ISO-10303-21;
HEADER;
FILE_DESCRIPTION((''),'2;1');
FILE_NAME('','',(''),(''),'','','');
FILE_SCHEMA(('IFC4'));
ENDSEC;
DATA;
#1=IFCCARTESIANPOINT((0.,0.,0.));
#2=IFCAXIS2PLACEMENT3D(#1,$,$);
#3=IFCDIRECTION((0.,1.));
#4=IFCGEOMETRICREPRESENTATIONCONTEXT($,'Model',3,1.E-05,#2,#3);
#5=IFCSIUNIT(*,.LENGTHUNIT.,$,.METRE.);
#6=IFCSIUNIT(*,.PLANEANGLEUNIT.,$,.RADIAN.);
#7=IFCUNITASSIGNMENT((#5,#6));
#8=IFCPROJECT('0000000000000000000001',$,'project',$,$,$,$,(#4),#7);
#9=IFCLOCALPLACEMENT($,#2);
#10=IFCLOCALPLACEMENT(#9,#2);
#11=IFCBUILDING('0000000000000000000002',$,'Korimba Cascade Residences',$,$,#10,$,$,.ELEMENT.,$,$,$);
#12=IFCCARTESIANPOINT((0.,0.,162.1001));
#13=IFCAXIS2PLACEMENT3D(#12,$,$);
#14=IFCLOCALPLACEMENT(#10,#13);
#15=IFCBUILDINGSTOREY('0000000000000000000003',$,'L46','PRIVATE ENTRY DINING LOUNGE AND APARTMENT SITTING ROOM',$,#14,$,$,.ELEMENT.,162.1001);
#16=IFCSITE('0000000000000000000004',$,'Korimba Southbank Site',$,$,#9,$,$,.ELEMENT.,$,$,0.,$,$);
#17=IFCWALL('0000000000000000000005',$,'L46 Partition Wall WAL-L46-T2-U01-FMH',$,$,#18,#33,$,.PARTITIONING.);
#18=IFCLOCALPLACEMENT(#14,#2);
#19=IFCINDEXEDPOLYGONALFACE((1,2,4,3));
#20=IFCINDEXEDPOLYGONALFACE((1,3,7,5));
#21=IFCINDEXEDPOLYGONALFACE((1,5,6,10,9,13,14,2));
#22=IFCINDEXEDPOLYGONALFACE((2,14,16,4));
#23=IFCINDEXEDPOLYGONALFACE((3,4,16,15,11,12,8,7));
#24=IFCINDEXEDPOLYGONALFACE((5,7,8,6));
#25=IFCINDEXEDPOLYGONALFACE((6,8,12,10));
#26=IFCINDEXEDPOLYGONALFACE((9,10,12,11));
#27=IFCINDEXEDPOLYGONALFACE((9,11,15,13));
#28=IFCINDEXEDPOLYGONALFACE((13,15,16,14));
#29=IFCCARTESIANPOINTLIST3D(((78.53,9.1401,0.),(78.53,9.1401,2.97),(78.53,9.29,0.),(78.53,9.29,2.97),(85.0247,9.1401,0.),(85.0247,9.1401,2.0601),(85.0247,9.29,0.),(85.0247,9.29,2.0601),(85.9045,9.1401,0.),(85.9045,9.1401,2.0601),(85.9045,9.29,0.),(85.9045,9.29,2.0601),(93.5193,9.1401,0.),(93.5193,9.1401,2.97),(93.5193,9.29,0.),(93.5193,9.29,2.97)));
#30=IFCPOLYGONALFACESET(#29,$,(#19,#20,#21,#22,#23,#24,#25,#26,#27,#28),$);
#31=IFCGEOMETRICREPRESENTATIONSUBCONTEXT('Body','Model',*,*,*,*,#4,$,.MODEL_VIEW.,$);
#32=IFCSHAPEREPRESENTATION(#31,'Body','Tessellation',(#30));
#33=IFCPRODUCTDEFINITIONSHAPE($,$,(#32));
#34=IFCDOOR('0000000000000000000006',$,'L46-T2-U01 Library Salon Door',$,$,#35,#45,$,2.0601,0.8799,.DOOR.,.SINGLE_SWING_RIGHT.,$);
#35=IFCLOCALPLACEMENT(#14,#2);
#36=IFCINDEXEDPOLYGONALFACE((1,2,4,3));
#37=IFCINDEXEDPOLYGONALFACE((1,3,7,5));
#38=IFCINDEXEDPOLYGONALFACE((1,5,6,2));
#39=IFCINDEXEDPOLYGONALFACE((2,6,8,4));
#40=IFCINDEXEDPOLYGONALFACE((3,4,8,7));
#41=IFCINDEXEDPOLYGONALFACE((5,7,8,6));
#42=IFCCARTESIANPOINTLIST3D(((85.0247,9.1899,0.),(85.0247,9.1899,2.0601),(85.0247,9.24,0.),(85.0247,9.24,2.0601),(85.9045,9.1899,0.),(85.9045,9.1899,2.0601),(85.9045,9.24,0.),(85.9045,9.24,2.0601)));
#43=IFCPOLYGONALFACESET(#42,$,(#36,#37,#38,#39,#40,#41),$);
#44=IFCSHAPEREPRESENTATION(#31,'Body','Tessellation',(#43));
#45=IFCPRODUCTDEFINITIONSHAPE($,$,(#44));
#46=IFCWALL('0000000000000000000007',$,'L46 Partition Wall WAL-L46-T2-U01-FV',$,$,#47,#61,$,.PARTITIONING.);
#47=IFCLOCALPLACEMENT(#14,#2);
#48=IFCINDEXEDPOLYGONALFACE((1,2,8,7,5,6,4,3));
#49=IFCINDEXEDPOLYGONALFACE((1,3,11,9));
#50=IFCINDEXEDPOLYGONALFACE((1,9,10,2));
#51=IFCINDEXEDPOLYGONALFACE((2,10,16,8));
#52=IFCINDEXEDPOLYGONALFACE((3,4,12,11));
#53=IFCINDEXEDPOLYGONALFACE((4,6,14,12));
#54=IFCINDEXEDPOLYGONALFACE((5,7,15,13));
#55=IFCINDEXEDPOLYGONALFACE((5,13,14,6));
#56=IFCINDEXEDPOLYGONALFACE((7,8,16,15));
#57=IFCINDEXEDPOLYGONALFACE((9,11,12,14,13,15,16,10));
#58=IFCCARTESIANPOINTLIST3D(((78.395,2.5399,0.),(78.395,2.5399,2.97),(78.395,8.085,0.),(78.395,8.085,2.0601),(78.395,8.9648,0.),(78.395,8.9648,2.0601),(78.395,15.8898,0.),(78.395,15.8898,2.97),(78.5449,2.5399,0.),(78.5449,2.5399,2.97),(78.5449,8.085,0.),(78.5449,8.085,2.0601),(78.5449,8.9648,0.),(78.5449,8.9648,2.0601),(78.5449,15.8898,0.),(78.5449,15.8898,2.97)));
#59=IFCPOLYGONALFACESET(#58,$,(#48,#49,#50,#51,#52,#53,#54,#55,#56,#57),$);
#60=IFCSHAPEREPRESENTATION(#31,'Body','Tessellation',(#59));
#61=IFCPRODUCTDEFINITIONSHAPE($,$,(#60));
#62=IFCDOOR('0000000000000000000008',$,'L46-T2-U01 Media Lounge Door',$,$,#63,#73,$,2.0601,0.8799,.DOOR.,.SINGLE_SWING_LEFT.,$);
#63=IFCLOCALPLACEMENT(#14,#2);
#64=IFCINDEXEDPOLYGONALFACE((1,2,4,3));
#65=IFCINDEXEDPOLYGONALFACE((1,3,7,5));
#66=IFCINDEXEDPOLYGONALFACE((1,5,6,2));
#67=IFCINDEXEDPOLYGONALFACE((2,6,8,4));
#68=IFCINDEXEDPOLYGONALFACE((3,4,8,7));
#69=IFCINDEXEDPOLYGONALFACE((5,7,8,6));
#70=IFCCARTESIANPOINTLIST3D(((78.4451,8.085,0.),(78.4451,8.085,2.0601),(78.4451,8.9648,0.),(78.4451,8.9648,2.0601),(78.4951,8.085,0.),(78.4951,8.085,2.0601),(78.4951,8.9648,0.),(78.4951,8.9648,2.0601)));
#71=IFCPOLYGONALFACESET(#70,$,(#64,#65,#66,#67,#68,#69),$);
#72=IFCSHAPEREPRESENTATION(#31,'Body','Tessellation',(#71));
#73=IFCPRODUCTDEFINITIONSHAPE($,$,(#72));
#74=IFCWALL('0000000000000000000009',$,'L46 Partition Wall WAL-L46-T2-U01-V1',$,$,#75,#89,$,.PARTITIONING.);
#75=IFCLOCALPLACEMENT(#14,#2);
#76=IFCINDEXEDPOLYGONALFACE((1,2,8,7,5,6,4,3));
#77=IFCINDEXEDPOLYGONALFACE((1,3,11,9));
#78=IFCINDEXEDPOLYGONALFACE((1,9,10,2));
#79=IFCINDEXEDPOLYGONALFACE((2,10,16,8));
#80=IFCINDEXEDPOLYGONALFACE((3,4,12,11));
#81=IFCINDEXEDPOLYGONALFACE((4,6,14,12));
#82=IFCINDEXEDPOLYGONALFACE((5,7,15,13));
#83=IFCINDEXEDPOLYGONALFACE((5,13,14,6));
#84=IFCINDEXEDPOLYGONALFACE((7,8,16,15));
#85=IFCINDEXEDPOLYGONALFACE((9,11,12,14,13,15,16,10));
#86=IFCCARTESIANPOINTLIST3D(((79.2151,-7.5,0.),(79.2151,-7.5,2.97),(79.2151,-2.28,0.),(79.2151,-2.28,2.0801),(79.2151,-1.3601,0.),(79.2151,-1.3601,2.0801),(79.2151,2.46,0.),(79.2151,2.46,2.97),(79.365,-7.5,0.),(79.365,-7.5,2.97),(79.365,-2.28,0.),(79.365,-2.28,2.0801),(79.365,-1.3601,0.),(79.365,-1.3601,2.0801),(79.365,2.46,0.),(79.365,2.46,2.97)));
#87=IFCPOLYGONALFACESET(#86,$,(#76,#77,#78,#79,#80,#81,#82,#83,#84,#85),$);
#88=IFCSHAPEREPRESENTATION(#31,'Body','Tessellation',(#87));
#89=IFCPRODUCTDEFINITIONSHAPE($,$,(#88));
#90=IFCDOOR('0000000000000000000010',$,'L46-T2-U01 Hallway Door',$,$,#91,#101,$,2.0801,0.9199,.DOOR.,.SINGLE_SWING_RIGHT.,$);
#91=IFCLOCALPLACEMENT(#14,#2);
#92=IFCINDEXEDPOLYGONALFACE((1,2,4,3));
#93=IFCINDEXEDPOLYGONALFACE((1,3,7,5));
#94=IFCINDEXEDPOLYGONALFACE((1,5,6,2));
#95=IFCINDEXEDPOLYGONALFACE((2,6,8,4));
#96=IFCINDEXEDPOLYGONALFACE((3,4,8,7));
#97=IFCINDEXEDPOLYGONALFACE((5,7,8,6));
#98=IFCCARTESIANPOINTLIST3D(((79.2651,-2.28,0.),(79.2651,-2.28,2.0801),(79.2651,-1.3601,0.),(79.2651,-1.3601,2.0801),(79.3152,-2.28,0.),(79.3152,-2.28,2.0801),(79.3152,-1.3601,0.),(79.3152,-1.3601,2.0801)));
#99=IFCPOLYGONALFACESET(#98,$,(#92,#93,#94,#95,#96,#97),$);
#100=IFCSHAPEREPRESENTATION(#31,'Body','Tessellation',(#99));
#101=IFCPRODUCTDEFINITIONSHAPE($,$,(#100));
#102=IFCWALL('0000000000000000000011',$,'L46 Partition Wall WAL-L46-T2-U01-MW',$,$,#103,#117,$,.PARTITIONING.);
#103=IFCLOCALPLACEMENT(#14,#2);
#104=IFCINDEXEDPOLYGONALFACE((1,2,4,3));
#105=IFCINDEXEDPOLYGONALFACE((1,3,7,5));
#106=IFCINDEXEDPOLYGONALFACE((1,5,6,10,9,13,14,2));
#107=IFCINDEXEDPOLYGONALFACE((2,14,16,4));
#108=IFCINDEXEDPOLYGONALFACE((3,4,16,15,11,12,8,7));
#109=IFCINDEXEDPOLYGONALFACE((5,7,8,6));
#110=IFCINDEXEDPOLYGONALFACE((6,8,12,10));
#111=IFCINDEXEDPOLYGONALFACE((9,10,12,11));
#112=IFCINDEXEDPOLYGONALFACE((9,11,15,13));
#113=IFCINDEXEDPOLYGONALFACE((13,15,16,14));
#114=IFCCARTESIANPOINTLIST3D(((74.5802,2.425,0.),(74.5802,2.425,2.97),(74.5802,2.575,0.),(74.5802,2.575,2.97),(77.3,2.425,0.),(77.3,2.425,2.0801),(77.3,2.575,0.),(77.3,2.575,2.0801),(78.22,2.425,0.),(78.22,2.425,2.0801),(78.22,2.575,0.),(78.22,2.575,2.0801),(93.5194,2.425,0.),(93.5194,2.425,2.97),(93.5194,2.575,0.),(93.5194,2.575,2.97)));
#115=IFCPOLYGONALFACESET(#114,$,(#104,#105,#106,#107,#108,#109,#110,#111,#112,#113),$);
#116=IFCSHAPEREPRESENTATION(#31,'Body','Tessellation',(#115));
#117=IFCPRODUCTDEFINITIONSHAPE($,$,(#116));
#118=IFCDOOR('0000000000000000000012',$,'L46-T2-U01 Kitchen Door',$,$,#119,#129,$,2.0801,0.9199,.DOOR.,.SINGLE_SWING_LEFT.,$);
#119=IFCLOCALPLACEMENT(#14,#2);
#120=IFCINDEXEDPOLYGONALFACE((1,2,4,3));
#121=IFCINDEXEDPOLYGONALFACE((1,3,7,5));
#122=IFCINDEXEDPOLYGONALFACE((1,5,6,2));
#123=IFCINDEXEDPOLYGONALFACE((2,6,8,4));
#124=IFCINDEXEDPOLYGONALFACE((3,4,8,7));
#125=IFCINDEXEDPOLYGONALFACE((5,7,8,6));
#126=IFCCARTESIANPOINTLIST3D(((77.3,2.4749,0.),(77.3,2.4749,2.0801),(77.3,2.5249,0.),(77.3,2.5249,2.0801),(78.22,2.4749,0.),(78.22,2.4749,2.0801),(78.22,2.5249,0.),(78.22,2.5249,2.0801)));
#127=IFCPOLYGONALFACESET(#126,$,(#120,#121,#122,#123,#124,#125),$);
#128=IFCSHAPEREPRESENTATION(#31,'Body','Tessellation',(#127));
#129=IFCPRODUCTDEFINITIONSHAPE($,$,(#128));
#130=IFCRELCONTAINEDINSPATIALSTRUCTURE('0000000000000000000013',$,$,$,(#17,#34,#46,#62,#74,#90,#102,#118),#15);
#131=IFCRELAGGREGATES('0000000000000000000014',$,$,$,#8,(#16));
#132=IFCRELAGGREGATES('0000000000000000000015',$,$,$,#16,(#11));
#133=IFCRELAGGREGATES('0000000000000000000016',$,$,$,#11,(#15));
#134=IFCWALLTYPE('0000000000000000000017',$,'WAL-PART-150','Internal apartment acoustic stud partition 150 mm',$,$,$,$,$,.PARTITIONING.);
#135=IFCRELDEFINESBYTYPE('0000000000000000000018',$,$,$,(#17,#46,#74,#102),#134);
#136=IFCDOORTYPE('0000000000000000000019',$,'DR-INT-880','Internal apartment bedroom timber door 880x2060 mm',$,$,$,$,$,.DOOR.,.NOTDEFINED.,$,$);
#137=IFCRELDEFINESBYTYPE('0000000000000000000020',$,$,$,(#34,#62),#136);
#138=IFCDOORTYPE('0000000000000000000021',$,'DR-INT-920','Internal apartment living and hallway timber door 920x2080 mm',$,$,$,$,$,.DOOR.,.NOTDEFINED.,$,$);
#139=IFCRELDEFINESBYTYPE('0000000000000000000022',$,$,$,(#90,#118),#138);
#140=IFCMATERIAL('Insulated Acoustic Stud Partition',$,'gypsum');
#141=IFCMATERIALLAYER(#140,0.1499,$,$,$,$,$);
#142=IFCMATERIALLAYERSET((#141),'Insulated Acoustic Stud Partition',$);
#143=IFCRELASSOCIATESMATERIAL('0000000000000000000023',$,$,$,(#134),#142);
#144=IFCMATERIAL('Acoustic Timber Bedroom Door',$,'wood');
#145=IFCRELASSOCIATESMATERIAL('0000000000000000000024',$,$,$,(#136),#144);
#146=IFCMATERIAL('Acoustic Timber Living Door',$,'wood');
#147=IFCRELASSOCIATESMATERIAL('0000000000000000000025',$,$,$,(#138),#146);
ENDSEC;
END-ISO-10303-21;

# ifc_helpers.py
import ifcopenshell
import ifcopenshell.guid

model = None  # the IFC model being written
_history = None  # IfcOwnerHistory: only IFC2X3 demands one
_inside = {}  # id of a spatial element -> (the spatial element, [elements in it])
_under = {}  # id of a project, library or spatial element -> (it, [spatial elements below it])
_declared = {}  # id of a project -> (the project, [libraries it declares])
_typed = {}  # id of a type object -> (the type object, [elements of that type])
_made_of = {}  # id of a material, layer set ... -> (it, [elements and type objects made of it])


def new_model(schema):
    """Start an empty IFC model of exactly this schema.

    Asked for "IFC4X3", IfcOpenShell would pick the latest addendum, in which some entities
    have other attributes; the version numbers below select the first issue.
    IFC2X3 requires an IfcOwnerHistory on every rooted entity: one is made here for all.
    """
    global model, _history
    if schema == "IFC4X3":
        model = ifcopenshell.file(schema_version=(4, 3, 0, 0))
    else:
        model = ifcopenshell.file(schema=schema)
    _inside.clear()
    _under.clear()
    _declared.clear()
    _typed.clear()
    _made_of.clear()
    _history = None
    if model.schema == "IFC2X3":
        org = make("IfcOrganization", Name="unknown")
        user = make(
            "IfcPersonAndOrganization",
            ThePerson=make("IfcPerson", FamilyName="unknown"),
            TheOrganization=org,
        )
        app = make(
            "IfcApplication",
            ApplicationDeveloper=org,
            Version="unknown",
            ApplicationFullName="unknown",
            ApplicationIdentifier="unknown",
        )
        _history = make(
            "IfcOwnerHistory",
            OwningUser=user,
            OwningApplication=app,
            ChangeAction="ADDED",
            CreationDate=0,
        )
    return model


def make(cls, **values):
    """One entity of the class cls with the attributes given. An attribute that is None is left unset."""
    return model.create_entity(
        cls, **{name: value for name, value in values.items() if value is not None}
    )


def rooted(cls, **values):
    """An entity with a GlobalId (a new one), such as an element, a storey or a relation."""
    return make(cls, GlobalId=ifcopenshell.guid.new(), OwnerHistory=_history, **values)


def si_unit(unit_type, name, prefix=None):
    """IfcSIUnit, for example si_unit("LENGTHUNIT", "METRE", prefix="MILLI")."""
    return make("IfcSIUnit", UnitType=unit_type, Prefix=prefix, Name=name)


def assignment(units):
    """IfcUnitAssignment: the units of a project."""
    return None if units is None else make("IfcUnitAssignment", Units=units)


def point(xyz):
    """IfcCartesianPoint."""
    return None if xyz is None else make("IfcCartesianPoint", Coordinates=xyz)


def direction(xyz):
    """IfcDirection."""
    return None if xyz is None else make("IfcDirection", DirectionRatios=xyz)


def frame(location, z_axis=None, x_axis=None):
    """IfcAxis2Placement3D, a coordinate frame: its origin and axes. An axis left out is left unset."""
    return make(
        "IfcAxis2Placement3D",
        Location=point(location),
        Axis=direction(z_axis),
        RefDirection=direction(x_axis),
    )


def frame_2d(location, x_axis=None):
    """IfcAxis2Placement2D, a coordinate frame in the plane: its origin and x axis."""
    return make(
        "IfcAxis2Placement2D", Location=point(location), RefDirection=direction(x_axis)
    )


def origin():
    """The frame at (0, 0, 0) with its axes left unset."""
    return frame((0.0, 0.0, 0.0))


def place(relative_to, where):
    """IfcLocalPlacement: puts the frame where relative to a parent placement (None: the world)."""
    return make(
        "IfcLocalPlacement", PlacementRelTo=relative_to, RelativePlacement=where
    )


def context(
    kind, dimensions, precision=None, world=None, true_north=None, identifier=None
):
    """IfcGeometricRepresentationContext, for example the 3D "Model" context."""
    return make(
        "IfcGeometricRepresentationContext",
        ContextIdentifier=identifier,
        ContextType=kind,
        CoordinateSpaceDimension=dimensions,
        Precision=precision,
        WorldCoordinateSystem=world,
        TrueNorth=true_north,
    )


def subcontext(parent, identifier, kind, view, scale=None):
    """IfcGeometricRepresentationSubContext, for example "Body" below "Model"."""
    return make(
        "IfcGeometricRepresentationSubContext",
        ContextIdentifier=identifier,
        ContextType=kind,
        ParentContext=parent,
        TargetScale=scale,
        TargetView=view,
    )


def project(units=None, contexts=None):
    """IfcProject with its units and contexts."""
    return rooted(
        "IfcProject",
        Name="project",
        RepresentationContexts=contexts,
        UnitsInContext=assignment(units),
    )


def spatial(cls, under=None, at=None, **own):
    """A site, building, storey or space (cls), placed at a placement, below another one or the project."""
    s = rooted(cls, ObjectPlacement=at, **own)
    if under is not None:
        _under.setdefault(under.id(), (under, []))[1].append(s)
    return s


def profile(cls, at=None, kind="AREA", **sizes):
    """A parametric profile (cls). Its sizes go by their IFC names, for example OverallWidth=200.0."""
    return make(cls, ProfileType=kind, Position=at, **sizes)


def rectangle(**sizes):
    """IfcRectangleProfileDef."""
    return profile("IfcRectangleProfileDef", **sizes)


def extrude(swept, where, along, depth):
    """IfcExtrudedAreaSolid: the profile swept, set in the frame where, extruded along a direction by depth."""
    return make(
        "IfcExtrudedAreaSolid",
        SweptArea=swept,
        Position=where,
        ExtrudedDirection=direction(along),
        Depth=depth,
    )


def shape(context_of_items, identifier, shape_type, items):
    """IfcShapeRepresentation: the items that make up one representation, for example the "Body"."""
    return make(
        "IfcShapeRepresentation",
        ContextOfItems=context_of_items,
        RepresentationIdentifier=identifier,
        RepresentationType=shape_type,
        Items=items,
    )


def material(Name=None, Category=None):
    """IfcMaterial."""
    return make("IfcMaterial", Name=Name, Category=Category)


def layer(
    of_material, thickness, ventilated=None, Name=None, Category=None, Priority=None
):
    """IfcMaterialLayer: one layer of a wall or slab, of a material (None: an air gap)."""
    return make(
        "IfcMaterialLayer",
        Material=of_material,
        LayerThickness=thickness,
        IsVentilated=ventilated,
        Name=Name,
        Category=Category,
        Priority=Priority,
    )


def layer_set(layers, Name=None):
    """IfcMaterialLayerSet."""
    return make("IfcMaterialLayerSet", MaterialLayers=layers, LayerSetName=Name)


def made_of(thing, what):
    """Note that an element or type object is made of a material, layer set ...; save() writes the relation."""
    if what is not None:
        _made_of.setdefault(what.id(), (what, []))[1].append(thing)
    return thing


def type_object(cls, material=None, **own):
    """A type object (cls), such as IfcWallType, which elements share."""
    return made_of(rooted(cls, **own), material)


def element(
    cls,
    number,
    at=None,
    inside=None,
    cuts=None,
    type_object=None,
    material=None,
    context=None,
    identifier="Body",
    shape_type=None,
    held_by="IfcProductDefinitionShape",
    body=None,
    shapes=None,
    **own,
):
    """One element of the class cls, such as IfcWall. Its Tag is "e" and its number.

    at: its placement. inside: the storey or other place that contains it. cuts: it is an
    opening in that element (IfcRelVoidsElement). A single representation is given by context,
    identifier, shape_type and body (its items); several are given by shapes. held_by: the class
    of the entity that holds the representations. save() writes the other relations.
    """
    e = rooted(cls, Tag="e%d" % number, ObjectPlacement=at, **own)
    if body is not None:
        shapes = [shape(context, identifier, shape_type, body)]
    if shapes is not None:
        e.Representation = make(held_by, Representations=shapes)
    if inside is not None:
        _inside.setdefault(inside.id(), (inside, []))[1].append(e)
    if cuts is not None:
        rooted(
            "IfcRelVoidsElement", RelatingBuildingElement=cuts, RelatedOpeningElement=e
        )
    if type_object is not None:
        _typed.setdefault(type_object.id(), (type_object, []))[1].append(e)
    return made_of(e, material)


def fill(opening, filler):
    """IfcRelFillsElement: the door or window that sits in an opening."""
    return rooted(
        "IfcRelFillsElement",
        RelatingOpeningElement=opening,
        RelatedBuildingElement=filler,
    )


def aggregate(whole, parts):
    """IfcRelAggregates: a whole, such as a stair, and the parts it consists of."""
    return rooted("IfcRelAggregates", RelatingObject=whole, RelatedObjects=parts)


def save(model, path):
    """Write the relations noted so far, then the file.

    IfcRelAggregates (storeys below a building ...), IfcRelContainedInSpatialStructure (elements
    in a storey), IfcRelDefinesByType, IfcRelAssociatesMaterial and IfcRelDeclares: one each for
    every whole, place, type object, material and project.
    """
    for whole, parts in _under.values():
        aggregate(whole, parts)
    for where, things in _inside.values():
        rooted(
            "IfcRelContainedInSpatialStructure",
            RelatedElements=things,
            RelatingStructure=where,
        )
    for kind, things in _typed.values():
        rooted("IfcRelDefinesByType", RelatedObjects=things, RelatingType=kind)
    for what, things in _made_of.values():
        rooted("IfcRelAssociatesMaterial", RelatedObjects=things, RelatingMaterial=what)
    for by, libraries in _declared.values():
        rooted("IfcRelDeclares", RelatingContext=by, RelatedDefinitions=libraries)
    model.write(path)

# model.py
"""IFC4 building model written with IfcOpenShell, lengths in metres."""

from ifc_helpers import new_model, si_unit, direction, frame, frame_2d, origin, place, context, subcontext, project, spatial, rectangle, extrude, material, layer, layer_set, type_object, element, fill, save


model = new_model("IFC4")

# Units and contexts
model_context = context("Model", 3, precision=1e-05, world=origin(), true_north=direction((0.0, 1.0)))
body_context = subcontext(model_context, "Body", "Model", "MODEL_VIEW")
ifc_project = project(units=[si_unit("LENGTHUNIT", "METRE"), si_unit("PLANEANGLEUNIT", "RADIAN")], contexts=[model_context])

# Site, building, storey
site_placement = place(None, origin())
site = spatial("IfcSite", under=ifc_project, at=site_placement, Name="Korimba Southbank Site", CompositionType="ELEMENT", RefElevation=0.0)
building_placement = place(site_placement, origin())
building = spatial("IfcBuilding", under=site, at=building_placement, Name="Korimba Cascade Residences", CompositionType="ELEMENT")
storey_placement = place(building_placement, frame((0.0, 0.0, 162.1001)))
storey = spatial("IfcBuildingStorey", under=building, at=storey_placement, Name="L46", Description="PRIVATE ENTRY DINING LOUNGE AND APARTMENT SITTING ROOM", CompositionType="ELEMENT", Elevation=162.1001)

# Walls, openings, doors
ifc_material_1 = material(Name="Insulated Acoustic Stud Partition", Category="gypsum")
ifc_layer_1 = layer(ifc_material_1, 0.1499)
ifc_layer_set_1 = layer_set([ifc_layer_1], Name="Insulated Acoustic Stud Partition")
wall_type_1 = type_object("IfcWallType", Name="WAL-PART-150", Description="Internal apartment acoustic stud partition 150 mm", PredefinedType="PARTITIONING", material=ifc_layer_set_1)
wall_1_placement = place(storey_placement, frame((78.53, 9.2151, 0.0), z_axis=(0.0, 0.0, 1.0), x_axis=(1.0, 0.0, 0.0)))
wall_1 = element("IfcWall", 1, at=wall_1_placement, inside=storey, type_object=wall_type_1, Name="L46 Partition Wall WAL-L46-T2-U01-FMH", PredefinedType="PARTITIONING", context=body_context, shape_type="SweptSolid", body=[
    extrude(rectangle(XDim=14.9893, YDim=0.1499, at=frame_2d((7.4946, 0.0))), origin(), (0.0, 0.0, 1.0), 2.97),
])
opening_1_placement = place(wall_1_placement, frame((6.4946, 0.0, 0.0)))
opening_1 = element("IfcOpeningElement", 2, at=opening_1_placement, cuts=wall_1, PredefinedType="OPENING", context=body_context, shape_type="SweptSolid", body=[
    extrude(rectangle(XDim=0.8799, YDim=2.0601, at=frame_2d((0.4399, 1.03))), frame((0.0, 0.085, 0.0), z_axis=(0.0, -1.0, 0.0), x_axis=(1.0, 0.0, 0.0)), (0.0, 0.0, 1.0), 0.1699),
])
ifc_material_2 = material(Name="Acoustic Timber Bedroom Door", Category="wood")
door_type_1 = type_object("IfcDoorType", Name="DR-INT-880", Description="Internal apartment bedroom timber door 880x2060 mm", OperationType="NOTDEFINED", PredefinedType="DOOR", material=ifc_material_2)
door_1_placement = place(opening_1_placement, origin())
door_1 = element("IfcDoor", 3, at=door_1_placement, inside=storey, type_object=door_type_1, Name="L46-T2-U01 Library Salon Door", OperationType="SINGLE_SWING_RIGHT", OverallHeight=2.0601, OverallWidth=0.8799, PredefinedType="DOOR", context=body_context, shape_type="SweptSolid", body=[
    extrude(rectangle(XDim=0.8799, YDim=2.0601, at=frame_2d((0.4399, 1.03))), frame((0.0, 0.0249, 0.0), z_axis=(0.0, -1.0, 0.0), x_axis=(1.0, 0.0, 0.0)), (0.0, 0.0, 1.0), 0.05),
])
fill(opening_1, door_1)
wall_2_placement = place(storey_placement, frame((78.47, 2.54, 0.0), z_axis=(0.0, 0.0, 1.0), x_axis=(0.0, 1.0, 0.0)))
wall_2 = element("IfcWall", 4, at=wall_2_placement, inside=storey, type_object=wall_type_1, Name="L46 Partition Wall WAL-L46-T2-U01-FV", PredefinedType="PARTITIONING", context=body_context, shape_type="SweptSolid", body=[
    extrude(rectangle(XDim=13.3499, YDim=0.1499, at=frame_2d((6.6748, 0.0))), origin(), (0.0, 0.0, 1.0), 2.97),
])
opening_2_placement = place(wall_2_placement, frame((5.5449, 0.0, 0.0)))
opening_2 = element("IfcOpeningElement", 5, at=opening_2_placement, cuts=wall_2, PredefinedType="OPENING", context=body_context, shape_type="SweptSolid", body=[
    extrude(rectangle(XDim=0.8799, YDim=2.0601, at=frame_2d((0.4399, 1.03))), frame((0.0, 0.085, 0.0), z_axis=(0.0, -1.0, 0.0), x_axis=(1.0, 0.0, 0.0)), (0.0, 0.0, 1.0), 0.1699),
])
door_2_placement = place(opening_2_placement, origin())
door_2 = element("IfcDoor", 6, at=door_2_placement, inside=storey, type_object=door_type_1, Name="L46-T2-U01 Media Lounge Door", OperationType="SINGLE_SWING_LEFT", OverallHeight=2.0601, OverallWidth=0.8799, PredefinedType="DOOR", context=body_context, shape_type="SweptSolid", body=[
    extrude(rectangle(XDim=0.8799, YDim=2.0601, at=frame_2d((0.4399, 1.03))), frame((0.0, 0.0249, 0.0), z_axis=(0.0, -1.0, 0.0), x_axis=(1.0, 0.0, 0.0)), (0.0, 0.0, 1.0), 0.05),
])
fill(opening_2, door_2)
wall_3_placement = place(storey_placement, frame((79.29, -7.5, 0.0), z_axis=(0.0, 0.0, 1.0), x_axis=(0.0, 1.0, 0.0)))
wall_3 = element("IfcWall", 7, at=wall_3_placement, inside=storey, type_object=wall_type_1, Name="L46 Partition Wall WAL-L46-T2-U01-V1", PredefinedType="PARTITIONING", context=body_context, shape_type="SweptSolid", body=[
    extrude(rectangle(XDim=9.96, YDim=0.1499, at=frame_2d((4.98, 0.0))), origin(), (0.0, 0.0, 1.0), 2.97),
])
opening_3_placement = place(wall_3_placement, frame((5.22, 0.0, 0.0)))
opening_3 = element("IfcOpeningElement", 8, at=opening_3_placement, cuts=wall_3, PredefinedType="OPENING", context=body_context, shape_type="SweptSolid", body=[
    extrude(rectangle(XDim=0.9199, YDim=2.0801, at=frame_2d((0.46, 1.04))), frame((0.0, 0.085, 0.0), z_axis=(0.0, -1.0, 0.0), x_axis=(1.0, 0.0, 0.0)), (0.0, 0.0, 1.0), 0.1699),
])
ifc_material_3 = material(Name="Acoustic Timber Living Door", Category="wood")
door_type_2 = type_object("IfcDoorType", Name="DR-INT-920", Description="Internal apartment living and hallway timber door 920x2080 mm", OperationType="NOTDEFINED", PredefinedType="DOOR", material=ifc_material_3)
door_3_placement = place(opening_3_placement, origin())
door_3 = element("IfcDoor", 9, at=door_3_placement, inside=storey, type_object=door_type_2, Name="L46-T2-U01 Hallway Door", OperationType="SINGLE_SWING_RIGHT", OverallHeight=2.0801, OverallWidth=0.9199, PredefinedType="DOOR", context=body_context, shape_type="SweptSolid", body=[
    extrude(rectangle(XDim=0.9199, YDim=2.0801, at=frame_2d((0.46, 1.04))), frame((0.0, 0.0249, 0.0), z_axis=(0.0, -1.0, 0.0), x_axis=(1.0, 0.0, 0.0)), (0.0, 0.0, 1.0), 0.05),
])
fill(opening_3, door_3)
wall_4_placement = place(storey_placement, frame((74.5801, 2.5, 0.0), z_axis=(0.0, 0.0, 1.0), x_axis=(1.0, 0.0, 0.0)))
wall_4 = element("IfcWall", 10, at=wall_4_placement, inside=storey, type_object=wall_type_1, Name="L46 Partition Wall WAL-L46-T2-U01-MW", PredefinedType="PARTITIONING", context=body_context, shape_type="SweptSolid", body=[
    extrude(rectangle(XDim=18.9392, YDim=0.1499, at=frame_2d((9.4697, 0.0))), origin(), (0.0, 0.0, 1.0), 2.97),
])
opening_4_placement = place(wall_4_placement, frame((2.72, 0.0, 0.0)))
opening_4 = element("IfcOpeningElement", 11, at=opening_4_placement, cuts=wall_4, PredefinedType="OPENING", context=body_context, shape_type="SweptSolid", body=[
    extrude(rectangle(XDim=0.9199, YDim=2.0801, at=frame_2d((0.46, 1.04))), frame((0.0, 0.085, 0.0), z_axis=(0.0, -1.0, 0.0), x_axis=(1.0, 0.0, 0.0)), (0.0, 0.0, 1.0), 0.1699),
])
door_4_placement = place(opening_4_placement, origin())
door_4 = element("IfcDoor", 12, at=door_4_placement, inside=storey, type_object=door_type_2, Name="L46-T2-U01 Kitchen Door", OperationType="SINGLE_SWING_LEFT", OverallHeight=2.0801, OverallWidth=0.9199, PredefinedType="DOOR", context=body_context, shape_type="SweptSolid", body=[
    extrude(rectangle(XDim=0.9199, YDim=2.0801, at=frame_2d((0.46, 1.04))), frame((0.0, 0.0249, 0.0), z_axis=(0.0, -1.0, 0.0), x_axis=(1.0, 0.0, 0.0)), (0.0, 0.0, 1.0), 0.05),
])
fill(opening_4, door_4)

save(model, "model.ifc")
